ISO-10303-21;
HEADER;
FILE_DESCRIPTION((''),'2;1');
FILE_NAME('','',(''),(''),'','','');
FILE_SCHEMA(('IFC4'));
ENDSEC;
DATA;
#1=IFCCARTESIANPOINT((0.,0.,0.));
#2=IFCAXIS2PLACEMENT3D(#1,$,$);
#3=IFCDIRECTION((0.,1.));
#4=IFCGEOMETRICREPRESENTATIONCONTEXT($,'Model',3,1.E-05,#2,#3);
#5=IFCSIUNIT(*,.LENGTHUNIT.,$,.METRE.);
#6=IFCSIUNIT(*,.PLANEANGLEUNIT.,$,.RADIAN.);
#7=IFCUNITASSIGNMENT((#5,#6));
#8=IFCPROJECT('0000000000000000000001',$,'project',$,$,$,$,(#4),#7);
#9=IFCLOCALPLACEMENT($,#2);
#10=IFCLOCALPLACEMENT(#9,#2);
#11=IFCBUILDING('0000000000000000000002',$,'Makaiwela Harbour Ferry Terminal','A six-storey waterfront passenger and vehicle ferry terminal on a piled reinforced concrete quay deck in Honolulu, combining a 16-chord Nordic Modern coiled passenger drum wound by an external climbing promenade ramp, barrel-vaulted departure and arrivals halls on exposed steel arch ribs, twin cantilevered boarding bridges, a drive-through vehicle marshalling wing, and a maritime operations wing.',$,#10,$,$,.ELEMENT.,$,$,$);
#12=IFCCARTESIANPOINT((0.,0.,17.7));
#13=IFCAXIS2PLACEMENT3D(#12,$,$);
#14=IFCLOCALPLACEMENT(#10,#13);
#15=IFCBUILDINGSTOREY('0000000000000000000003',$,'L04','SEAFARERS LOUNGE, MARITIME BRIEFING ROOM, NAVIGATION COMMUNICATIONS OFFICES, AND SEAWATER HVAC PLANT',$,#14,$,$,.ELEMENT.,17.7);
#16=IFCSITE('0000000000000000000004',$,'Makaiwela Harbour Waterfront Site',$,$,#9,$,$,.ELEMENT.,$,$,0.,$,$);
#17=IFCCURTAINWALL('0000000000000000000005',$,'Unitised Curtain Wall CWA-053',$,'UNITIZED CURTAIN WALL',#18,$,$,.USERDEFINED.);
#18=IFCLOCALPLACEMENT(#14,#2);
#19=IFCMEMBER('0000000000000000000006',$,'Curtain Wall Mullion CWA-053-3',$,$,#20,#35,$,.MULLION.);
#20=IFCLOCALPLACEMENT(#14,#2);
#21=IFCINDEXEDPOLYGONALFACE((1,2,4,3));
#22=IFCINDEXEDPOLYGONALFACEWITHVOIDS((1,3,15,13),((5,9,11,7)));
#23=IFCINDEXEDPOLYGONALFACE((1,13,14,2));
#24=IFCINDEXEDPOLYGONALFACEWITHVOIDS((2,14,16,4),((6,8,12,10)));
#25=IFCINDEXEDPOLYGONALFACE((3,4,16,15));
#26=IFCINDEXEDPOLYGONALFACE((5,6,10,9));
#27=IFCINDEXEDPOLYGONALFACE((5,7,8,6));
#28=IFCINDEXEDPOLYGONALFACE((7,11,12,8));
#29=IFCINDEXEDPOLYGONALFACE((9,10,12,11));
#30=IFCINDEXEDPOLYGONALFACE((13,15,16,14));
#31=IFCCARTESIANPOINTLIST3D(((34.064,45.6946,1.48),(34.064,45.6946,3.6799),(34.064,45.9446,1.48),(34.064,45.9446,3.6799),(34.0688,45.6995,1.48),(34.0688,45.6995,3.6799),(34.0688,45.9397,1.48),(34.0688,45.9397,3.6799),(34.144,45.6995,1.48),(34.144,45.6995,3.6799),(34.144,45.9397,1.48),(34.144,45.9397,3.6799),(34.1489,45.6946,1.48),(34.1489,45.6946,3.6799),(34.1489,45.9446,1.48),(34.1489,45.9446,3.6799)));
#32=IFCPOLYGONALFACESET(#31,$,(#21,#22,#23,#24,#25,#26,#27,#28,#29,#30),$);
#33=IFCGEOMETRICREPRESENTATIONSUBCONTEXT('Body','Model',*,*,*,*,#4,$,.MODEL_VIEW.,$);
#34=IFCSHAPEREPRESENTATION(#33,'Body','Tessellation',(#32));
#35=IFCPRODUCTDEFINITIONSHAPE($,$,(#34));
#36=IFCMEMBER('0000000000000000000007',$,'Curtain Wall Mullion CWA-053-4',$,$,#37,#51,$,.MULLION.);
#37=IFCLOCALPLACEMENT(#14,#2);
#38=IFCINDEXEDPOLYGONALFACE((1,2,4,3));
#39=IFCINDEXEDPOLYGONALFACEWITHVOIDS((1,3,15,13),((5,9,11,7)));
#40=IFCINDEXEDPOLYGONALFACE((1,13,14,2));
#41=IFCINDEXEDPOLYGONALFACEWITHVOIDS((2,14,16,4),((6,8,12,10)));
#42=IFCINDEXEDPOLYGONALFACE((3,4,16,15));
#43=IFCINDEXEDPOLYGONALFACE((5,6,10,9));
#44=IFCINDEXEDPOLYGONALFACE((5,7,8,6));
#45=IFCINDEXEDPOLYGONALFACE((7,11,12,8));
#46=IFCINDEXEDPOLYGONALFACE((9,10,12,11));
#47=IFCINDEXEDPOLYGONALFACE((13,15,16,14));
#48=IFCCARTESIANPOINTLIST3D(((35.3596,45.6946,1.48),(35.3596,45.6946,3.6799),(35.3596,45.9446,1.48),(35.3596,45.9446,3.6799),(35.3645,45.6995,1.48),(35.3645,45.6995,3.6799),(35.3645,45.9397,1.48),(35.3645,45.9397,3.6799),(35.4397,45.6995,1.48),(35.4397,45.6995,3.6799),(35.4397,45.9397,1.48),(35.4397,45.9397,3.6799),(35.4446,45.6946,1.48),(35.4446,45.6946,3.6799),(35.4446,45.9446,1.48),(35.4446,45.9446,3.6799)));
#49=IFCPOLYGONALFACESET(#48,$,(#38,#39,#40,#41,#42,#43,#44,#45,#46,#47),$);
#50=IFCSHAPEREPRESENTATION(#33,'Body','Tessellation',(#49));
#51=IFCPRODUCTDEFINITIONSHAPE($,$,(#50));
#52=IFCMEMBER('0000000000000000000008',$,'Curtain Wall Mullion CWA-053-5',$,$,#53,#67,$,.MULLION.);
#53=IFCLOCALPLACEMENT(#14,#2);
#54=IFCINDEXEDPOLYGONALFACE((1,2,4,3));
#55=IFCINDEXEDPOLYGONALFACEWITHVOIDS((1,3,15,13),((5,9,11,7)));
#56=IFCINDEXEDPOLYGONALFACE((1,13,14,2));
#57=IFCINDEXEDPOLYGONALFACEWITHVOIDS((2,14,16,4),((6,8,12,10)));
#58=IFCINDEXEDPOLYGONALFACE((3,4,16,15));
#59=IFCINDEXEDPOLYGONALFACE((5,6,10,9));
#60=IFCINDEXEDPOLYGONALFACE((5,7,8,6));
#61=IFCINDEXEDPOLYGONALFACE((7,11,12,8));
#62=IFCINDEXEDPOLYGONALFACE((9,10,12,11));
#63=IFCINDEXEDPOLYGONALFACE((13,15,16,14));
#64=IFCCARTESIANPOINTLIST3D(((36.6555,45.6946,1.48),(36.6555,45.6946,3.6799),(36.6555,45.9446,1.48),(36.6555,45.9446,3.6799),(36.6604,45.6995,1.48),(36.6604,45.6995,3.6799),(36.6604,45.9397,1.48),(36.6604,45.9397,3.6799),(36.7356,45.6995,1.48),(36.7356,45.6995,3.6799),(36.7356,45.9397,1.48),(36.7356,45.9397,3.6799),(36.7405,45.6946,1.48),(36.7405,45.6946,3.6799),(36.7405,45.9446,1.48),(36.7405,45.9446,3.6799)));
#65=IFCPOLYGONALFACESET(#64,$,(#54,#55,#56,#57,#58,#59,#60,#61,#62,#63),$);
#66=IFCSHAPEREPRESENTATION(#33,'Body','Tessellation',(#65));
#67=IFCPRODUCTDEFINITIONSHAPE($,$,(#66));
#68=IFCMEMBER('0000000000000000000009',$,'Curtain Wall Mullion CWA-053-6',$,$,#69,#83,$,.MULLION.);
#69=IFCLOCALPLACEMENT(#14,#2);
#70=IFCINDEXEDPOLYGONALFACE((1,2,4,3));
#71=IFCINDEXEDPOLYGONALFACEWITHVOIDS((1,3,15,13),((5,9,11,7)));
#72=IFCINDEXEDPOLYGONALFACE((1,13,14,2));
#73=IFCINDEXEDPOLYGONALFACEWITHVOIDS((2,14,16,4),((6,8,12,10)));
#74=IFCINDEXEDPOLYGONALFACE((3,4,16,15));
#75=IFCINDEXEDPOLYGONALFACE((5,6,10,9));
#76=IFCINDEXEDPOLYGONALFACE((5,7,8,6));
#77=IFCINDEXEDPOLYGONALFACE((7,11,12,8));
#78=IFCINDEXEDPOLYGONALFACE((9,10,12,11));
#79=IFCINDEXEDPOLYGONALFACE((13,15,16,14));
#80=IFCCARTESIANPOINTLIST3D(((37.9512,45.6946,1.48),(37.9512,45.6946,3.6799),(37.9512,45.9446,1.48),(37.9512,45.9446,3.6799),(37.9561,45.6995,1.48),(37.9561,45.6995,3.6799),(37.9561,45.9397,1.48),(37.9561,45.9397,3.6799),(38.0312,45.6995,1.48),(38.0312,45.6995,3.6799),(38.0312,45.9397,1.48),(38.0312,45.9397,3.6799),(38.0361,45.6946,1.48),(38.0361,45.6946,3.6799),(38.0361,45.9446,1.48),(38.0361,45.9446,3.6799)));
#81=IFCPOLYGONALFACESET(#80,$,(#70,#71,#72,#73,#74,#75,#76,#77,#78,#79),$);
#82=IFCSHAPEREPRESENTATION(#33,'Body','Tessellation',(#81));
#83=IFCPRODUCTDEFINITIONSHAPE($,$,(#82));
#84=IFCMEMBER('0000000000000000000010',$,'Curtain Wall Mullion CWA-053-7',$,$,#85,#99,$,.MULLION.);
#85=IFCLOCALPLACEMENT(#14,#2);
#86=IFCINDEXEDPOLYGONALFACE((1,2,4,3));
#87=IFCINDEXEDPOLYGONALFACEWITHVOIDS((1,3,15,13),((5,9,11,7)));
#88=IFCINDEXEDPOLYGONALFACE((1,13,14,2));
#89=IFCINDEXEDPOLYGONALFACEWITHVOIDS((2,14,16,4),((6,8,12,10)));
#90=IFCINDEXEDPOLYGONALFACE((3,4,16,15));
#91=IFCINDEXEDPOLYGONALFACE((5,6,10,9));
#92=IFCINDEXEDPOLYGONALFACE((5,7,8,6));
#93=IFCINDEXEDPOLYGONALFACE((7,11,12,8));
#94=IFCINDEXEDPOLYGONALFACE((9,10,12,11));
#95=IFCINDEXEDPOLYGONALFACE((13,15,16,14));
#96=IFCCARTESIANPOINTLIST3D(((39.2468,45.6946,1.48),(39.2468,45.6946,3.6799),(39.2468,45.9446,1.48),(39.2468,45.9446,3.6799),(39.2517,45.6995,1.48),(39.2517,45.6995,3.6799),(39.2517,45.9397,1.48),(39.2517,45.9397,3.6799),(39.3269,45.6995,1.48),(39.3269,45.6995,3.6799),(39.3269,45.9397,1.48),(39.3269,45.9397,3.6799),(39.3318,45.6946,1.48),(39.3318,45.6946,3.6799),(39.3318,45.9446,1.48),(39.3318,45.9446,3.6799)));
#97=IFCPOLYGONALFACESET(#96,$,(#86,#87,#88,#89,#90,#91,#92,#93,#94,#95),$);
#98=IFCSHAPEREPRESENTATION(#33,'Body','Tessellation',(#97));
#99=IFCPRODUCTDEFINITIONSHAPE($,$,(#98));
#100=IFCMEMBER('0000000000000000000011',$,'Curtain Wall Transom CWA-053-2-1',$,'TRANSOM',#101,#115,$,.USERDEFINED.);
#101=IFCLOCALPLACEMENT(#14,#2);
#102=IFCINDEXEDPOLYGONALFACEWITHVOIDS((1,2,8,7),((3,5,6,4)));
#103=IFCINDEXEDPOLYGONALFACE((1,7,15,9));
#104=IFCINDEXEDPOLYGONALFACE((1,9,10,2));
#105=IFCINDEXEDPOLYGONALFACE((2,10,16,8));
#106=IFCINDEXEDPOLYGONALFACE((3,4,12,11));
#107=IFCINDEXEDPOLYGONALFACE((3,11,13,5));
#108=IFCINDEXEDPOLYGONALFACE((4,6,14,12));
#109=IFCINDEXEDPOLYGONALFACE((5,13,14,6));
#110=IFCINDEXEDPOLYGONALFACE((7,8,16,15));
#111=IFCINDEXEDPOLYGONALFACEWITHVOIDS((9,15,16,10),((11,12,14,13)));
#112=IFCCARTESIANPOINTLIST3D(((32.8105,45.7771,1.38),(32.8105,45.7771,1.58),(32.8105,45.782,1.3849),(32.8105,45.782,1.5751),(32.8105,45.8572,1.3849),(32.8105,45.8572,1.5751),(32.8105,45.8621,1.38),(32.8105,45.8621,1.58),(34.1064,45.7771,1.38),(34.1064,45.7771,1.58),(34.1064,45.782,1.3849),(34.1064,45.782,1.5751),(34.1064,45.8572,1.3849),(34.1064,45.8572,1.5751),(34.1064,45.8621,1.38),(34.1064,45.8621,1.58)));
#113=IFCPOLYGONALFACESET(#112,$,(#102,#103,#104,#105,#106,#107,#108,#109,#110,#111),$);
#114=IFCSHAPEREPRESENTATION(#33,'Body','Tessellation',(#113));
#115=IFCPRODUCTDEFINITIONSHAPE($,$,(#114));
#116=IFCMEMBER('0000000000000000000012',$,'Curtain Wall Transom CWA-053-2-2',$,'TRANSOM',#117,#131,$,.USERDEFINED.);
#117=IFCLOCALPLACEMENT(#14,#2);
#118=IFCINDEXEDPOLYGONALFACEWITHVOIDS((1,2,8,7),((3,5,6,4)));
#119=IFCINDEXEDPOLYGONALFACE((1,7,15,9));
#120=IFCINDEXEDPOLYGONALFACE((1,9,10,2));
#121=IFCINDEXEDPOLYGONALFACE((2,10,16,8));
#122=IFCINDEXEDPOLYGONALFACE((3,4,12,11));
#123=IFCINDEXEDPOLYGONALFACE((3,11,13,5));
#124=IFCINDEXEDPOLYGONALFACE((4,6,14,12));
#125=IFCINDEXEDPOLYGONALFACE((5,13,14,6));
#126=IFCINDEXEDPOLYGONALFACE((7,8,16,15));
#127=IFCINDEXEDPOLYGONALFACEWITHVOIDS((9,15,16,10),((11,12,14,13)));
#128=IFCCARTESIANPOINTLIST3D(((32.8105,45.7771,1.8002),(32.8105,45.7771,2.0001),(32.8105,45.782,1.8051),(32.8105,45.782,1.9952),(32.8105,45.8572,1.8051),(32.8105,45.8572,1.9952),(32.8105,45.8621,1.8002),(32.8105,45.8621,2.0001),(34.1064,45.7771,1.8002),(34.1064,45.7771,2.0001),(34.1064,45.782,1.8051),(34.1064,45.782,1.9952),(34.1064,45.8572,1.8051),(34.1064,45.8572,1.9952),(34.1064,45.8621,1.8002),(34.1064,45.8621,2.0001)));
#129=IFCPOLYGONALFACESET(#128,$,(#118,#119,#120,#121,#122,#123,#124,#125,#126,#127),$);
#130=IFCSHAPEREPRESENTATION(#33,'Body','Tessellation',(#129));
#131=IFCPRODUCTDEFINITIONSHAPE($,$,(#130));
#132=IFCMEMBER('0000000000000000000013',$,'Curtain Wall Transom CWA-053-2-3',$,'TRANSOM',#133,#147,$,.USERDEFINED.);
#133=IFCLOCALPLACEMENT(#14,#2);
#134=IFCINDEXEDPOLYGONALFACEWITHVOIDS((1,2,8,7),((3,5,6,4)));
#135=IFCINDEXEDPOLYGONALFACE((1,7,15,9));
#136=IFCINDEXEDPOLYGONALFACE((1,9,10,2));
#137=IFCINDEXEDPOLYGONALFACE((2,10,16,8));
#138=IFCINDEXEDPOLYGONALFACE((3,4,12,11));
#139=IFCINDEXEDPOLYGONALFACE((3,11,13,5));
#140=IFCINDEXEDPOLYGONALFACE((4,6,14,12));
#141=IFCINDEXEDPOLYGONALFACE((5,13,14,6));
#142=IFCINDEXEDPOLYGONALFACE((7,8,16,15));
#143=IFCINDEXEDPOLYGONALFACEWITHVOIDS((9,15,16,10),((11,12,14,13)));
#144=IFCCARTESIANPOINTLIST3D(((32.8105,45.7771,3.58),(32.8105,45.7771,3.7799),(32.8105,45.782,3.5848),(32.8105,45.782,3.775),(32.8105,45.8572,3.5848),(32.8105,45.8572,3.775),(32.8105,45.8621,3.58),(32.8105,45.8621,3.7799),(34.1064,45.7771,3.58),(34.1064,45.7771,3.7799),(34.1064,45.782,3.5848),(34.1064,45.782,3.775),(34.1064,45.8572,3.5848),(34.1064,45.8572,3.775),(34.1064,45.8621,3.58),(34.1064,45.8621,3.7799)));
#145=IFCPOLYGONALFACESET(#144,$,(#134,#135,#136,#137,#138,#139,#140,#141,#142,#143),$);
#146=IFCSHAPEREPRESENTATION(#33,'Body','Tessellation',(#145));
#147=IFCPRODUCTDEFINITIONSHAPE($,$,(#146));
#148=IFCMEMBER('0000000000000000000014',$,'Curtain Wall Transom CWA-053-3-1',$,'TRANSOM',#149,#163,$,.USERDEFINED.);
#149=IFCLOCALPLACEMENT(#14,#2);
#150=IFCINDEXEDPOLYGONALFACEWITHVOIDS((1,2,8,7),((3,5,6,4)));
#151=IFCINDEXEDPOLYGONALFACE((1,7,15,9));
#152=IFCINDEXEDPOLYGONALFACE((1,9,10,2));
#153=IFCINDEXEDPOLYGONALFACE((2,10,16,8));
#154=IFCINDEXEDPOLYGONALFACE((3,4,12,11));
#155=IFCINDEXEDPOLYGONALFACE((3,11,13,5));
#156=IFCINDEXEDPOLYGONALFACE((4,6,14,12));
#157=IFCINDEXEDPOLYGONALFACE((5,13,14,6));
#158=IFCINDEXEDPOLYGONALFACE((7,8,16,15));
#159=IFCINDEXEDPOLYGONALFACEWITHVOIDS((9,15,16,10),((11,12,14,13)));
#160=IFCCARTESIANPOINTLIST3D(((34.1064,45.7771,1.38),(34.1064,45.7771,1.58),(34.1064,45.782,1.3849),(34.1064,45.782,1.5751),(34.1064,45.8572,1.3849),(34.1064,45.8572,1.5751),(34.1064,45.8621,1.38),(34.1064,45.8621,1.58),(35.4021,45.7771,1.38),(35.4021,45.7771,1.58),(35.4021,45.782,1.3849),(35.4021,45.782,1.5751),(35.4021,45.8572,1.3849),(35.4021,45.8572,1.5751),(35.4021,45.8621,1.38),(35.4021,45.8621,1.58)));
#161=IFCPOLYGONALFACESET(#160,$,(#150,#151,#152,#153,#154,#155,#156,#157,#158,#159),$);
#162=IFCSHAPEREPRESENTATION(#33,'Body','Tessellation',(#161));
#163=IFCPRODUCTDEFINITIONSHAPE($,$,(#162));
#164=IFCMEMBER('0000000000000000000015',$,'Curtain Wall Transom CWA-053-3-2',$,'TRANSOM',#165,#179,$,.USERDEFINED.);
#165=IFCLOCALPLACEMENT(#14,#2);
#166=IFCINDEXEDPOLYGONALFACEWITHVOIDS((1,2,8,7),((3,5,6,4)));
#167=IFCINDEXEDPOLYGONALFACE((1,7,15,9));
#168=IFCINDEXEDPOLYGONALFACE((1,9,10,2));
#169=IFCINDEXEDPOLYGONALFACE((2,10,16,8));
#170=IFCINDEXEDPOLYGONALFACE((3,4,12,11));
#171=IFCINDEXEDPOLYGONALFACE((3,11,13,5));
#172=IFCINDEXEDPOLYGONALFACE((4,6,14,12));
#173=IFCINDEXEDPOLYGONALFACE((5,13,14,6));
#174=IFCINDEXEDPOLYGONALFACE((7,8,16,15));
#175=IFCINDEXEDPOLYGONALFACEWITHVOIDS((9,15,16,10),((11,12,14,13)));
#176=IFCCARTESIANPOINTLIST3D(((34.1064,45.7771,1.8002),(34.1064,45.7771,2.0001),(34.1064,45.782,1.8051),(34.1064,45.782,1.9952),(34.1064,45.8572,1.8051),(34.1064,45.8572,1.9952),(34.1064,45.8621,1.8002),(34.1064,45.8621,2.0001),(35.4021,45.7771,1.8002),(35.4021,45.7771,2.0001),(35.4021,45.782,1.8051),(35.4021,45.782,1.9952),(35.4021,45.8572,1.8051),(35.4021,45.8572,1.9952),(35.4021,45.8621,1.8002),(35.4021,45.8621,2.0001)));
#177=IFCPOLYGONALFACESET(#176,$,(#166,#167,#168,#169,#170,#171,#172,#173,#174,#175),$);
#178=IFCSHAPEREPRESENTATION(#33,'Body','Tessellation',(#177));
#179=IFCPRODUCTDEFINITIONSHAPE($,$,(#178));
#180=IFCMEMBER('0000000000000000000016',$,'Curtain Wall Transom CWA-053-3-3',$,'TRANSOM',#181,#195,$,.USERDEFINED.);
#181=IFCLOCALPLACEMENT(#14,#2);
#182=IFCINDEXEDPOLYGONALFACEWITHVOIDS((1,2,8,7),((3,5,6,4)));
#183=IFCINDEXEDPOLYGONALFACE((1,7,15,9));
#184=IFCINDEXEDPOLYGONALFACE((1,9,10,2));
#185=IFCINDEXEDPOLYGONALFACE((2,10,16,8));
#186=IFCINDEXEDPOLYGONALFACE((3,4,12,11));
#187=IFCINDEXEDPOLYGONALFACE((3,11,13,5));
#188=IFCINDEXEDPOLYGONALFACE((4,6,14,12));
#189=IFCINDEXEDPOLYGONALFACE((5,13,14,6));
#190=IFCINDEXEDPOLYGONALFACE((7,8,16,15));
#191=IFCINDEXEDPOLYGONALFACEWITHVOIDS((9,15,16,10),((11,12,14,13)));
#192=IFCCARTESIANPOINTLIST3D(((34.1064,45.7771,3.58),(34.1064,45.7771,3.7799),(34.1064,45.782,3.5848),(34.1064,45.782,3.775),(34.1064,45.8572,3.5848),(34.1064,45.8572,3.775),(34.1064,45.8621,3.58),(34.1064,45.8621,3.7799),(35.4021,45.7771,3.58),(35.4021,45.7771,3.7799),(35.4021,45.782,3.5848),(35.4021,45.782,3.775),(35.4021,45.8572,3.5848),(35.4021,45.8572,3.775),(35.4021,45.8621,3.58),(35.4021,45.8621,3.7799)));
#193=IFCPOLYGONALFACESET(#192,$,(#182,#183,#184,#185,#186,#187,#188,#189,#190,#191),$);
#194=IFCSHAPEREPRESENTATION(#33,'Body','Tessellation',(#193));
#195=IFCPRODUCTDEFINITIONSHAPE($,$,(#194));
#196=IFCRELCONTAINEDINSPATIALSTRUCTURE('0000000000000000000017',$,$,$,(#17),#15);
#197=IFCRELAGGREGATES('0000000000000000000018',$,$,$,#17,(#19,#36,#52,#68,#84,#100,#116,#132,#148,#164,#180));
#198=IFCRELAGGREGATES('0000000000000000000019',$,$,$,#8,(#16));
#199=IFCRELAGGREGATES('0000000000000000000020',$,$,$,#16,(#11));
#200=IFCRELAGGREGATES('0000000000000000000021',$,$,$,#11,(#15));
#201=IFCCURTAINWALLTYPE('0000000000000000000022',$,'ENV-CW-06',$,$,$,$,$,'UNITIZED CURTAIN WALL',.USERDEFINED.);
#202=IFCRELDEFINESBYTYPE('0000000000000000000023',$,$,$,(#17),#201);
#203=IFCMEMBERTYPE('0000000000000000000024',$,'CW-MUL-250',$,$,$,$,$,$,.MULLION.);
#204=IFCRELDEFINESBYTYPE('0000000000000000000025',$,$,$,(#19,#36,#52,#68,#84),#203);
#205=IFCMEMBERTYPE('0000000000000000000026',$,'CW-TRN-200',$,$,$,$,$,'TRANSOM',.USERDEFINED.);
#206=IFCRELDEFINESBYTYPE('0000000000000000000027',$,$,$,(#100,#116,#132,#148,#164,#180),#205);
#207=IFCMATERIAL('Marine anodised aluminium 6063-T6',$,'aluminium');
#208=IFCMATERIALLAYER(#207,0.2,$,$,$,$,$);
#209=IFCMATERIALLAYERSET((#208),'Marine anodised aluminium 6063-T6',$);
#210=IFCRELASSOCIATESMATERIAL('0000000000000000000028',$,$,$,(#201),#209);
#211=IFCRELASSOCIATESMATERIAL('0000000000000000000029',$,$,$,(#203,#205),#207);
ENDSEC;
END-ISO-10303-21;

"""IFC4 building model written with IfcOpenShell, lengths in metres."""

from ifc_helpers import new_model, si_unit, direction, frame, origin, origin_2d, place, context, subcontext, project, spatial, hollow_rectangle, extrude, material, layer, layer_set, material_profile, profile_set, type_object, element, aggregate, save


model = new_model("IFC4")

# Units and contexts
model_context = context("Model", 3, precision=1e-05, world=origin(), true_north=direction((0.0, 1.0)))
body_context = subcontext(model_context, "Body", "Model", "MODEL_VIEW")
ifc_project = project(units=[si_unit("LENGTHUNIT", "METRE"), si_unit("PLANEANGLEUNIT", "RADIAN")], contexts=[model_context])

# Site, building, storey
site_placement = place(None, origin())
site = spatial("IfcSite", under=ifc_project, at=site_placement, Name="Makaiwela Harbour Waterfront Site", CompositionType="ELEMENT", RefElevation=0.0)
building_placement = place(site_placement, origin())
building = spatial("IfcBuilding", under=site, at=building_placement, Name="Makaiwela Harbour Ferry Terminal", Description="A six-storey waterfront passenger and vehicle ferry terminal on a piled reinforced concrete quay deck in Honolulu, combining a 16-chord Nordic Modern coiled passenger drum wound by an external climbing promenade ramp, barrel-vaulted departure and arrivals halls on exposed steel arch ribs, twin cantilevered boarding bridges, a drive-through vehicle marshalling wing, and a maritime operations wing.", CompositionType="ELEMENT")
storey_placement = place(building_placement, frame((0.0, 0.0, 17.7)))
storey = spatial("IfcBuildingStorey", under=building, at=storey_placement, Name="L04", Description="SEAFARERS LOUNGE, MARITIME BRIEFING ROOM, NAVIGATION COMMUNICATIONS OFFICES, AND SEAWATER HVAC PLANT", CompositionType="ELEMENT", Elevation=17.7)

# Curtain wall, members
ifc_material_1 = material(Name="Marine anodised aluminium 6063-T6", Category="aluminium")
ifc_layer_1 = layer(ifc_material_1, 0.2)
ifc_layer_set_1 = layer_set([ifc_layer_1], Name="Marine anodised aluminium 6063-T6")
curtain_wall_type = type_object("IfcCurtainWallType", Name="ENV-CW-06", ElementType="UNITIZED CURTAIN WALL", PredefinedType="USERDEFINED", material=ifc_layer_set_1)
curtain_wall_placement = place(storey_placement, origin())
curtain_wall = element("IfcCurtainWall", 1, at=curtain_wall_placement, inside=storey, type_object=curtain_wall_type, Name="Unitised Curtain Wall CWA-053", ObjectType="UNITIZED CURTAIN WALL", PredefinedType="USERDEFINED")
ifc_material_profile_1 = material_profile(ifc_material_1, hollow_rectangle(XDim=0.085, YDim=0.25, WallThickness=0.0049, at=origin_2d()), Name="CWM-250X85")
ifc_profile_set_1 = profile_set([ifc_material_profile_1], Name="Marine anodised aluminium 6063-T6")
member_type_1 = type_object("IfcMemberType", Name="CW-MUL-250", PredefinedType="MULLION", material=ifc_profile_set_1)
member_1_placement = place(storey_placement, frame((34.1064, 45.8196, 1.48), z_axis=(0.0, 0.0, 1.0), x_axis=(1.0, 0.0, 0.0)))
member_1 = element("IfcMember", 2, at=member_1_placement, type_object=member_type_1, Name="Curtain Wall Mullion CWA-053-3", PredefinedType="MULLION", context=body_context, shape_type="SweptSolid", body=[
    extrude(hollow_rectangle(XDim=0.085, YDim=0.25, WallThickness=0.0049, at=origin_2d()), origin(), (0.0, 0.0, 1.0), 2.2),
])
member_2_placement = place(storey_placement, frame((35.4021, 45.8196, 1.48), z_axis=(0.0, 0.0, 1.0), x_axis=(1.0, 0.0, 0.0)))
member_2 = element("IfcMember", 3, at=member_2_placement, type_object=member_type_1, Name="Curtain Wall Mullion CWA-053-4", PredefinedType="MULLION", context=body_context, shape_type="SweptSolid", body=[
    extrude(hollow_rectangle(XDim=0.085, YDim=0.25, WallThickness=0.0049, at=origin_2d()), origin(), (0.0, 0.0, 1.0), 2.2),
])
member_3_placement = place(storey_placement, frame((36.698, 45.8196, 1.48), z_axis=(0.0, 0.0, 1.0), x_axis=(1.0, 0.0, 0.0)))
member_3 = element("IfcMember", 4, at=member_3_placement, type_object=member_type_1, Name="Curtain Wall Mullion CWA-053-5", PredefinedType="MULLION", context=body_context, shape_type="SweptSolid", body=[
    extrude(hollow_rectangle(XDim=0.085, YDim=0.25, WallThickness=0.0049, at=origin_2d()), origin(), (0.0, 0.0, 1.0), 2.2),
])
member_4_placement = place(storey_placement, frame((37.9937, 45.8196, 1.48), z_axis=(0.0, 0.0, 1.0), x_axis=(1.0, 0.0, 0.0)))
member_4 = element("IfcMember", 5, at=member_4_placement, type_object=member_type_1, Name="Curtain Wall Mullion CWA-053-6", PredefinedType="MULLION", context=body_context, shape_type="SweptSolid", body=[
    extrude(hollow_rectangle(XDim=0.085, YDim=0.25, WallThickness=0.0049, at=origin_2d()), origin(), (0.0, 0.0, 1.0), 2.2),
])
member_5_placement = place(storey_placement, frame((39.2893, 45.8196, 1.48), z_axis=(0.0, 0.0, 1.0), x_axis=(1.0, 0.0, 0.0)))
member_5 = element("IfcMember", 6, at=member_5_placement, type_object=member_type_1, Name="Curtain Wall Mullion CWA-053-7", PredefinedType="MULLION", context=body_context, shape_type="SweptSolid", body=[
    extrude(hollow_rectangle(XDim=0.085, YDim=0.25, WallThickness=0.0049, at=origin_2d()), origin(), (0.0, 0.0, 1.0), 2.2),
])
ifc_material_profile_2 = material_profile(ifc_material_1, hollow_rectangle(XDim=0.085, YDim=0.2, WallThickness=0.0049, at=origin_2d()), Name="CWT-200X85")
ifc_profile_set_2 = profile_set([ifc_material_profile_2], Name="Marine anodised aluminium 6063-T6")
member_type_2 = type_object("IfcMemberType", Name="CW-TRN-200", ElementType="TRANSOM", PredefinedType="USERDEFINED", material=ifc_profile_set_2)
member_6_placement = place(storey_placement, frame((32.8105, 45.8196, 1.48), z_axis=(1.0, 0.0, 0.0), x_axis=(0.0, 1.0, 0.0)))
member_6 = element("IfcMember", 7, at=member_6_placement, type_object=member_type_2, Name="Curtain Wall Transom CWA-053-2-1", ObjectType="TRANSOM", PredefinedType="USERDEFINED", context=body_context, shape_type="SweptSolid", body=[
    extrude(hollow_rectangle(XDim=0.085, YDim=0.2, WallThickness=0.0049, at=origin_2d()), origin(), (0.0, 0.0, 1.0), 1.2959),
])
member_7_placement = place(storey_placement, frame((32.8105, 45.8196, 1.9001), z_axis=(1.0, 0.0, 0.0), x_axis=(0.0, 1.0, 0.0)))
member_7 = element("IfcMember", 8, at=member_7_placement, type_object=member_type_2, Name="Curtain Wall Transom CWA-053-2-2", ObjectType="TRANSOM", PredefinedType="USERDEFINED", context=body_context, shape_type="SweptSolid", body=[
    extrude(hollow_rectangle(XDim=0.085, YDim=0.2, WallThickness=0.0049, at=origin_2d()), origin(), (0.0, 0.0, 1.0), 1.2959),
])
member_8_placement = place(storey_placement, frame((32.8105, 45.8196, 3.6799), z_axis=(1.0, 0.0, 0.0), x_axis=(0.0, 1.0, 0.0)))
member_8 = element("IfcMember", 9, at=member_8_placement, type_object=member_type_2, Name="Curtain Wall Transom CWA-053-2-3", ObjectType="TRANSOM", PredefinedType="USERDEFINED", context=body_context, shape_type="SweptSolid", body=[
    extrude(hollow_rectangle(XDim=0.085, YDim=0.2, WallThickness=0.0049, at=origin_2d()), origin(), (0.0, 0.0, 1.0), 1.2959),
])
member_9_placement = place(storey_placement, frame((34.1064, 45.8196, 1.48), z_axis=(1.0, 0.0, 0.0), x_axis=(0.0, 1.0, 0.0)))
member_9 = element("IfcMember", 10, at=member_9_placement, type_object=member_type_2, Name="Curtain Wall Transom CWA-053-3-1", ObjectType="TRANSOM", PredefinedType="USERDEFINED", context=body_context, shape_type="SweptSolid", body=[
    extrude(hollow_rectangle(XDim=0.085, YDim=0.2, WallThickness=0.0049, at=origin_2d()), origin(), (0.0, 0.0, 1.0), 1.2957),
])
member_10_placement = place(storey_placement, frame((34.1064, 45.8196, 1.9001), z_axis=(1.0, 0.0, 0.0), x_axis=(0.0, 1.0, 0.0)))
member_10 = element("IfcMember", 11, at=member_10_placement, type_object=member_type_2, Name="Curtain Wall Transom CWA-053-3-2", ObjectType="TRANSOM", PredefinedType="USERDEFINED", context=body_context, shape_type="SweptSolid", body=[
    extrude(hollow_rectangle(XDim=0.085, YDim=0.2, WallThickness=0.0049, at=origin_2d()), origin(), (0.0, 0.0, 1.0), 1.2957),
])
member_11_placement = place(storey_placement, frame((34.1064, 45.8196, 3.6799), z_axis=(1.0, 0.0, 0.0), x_axis=(0.0, 1.0, 0.0)))
member_11 = element("IfcMember", 12, at=member_11_placement, type_object=member_type_2, Name="Curtain Wall Transom CWA-053-3-3", ObjectType="TRANSOM", PredefinedType="USERDEFINED", context=body_context, shape_type="SweptSolid", body=[
    extrude(hollow_rectangle(XDim=0.085, YDim=0.2, WallThickness=0.0049, at=origin_2d()), origin(), (0.0, 0.0, 1.0), 1.2957),
])
aggregate(curtain_wall, [member_1, member_2, member_3, member_4, member_5, member_6, member_7, member_8, member_9, member_10, member_11])

save(model, "model.ifc")
